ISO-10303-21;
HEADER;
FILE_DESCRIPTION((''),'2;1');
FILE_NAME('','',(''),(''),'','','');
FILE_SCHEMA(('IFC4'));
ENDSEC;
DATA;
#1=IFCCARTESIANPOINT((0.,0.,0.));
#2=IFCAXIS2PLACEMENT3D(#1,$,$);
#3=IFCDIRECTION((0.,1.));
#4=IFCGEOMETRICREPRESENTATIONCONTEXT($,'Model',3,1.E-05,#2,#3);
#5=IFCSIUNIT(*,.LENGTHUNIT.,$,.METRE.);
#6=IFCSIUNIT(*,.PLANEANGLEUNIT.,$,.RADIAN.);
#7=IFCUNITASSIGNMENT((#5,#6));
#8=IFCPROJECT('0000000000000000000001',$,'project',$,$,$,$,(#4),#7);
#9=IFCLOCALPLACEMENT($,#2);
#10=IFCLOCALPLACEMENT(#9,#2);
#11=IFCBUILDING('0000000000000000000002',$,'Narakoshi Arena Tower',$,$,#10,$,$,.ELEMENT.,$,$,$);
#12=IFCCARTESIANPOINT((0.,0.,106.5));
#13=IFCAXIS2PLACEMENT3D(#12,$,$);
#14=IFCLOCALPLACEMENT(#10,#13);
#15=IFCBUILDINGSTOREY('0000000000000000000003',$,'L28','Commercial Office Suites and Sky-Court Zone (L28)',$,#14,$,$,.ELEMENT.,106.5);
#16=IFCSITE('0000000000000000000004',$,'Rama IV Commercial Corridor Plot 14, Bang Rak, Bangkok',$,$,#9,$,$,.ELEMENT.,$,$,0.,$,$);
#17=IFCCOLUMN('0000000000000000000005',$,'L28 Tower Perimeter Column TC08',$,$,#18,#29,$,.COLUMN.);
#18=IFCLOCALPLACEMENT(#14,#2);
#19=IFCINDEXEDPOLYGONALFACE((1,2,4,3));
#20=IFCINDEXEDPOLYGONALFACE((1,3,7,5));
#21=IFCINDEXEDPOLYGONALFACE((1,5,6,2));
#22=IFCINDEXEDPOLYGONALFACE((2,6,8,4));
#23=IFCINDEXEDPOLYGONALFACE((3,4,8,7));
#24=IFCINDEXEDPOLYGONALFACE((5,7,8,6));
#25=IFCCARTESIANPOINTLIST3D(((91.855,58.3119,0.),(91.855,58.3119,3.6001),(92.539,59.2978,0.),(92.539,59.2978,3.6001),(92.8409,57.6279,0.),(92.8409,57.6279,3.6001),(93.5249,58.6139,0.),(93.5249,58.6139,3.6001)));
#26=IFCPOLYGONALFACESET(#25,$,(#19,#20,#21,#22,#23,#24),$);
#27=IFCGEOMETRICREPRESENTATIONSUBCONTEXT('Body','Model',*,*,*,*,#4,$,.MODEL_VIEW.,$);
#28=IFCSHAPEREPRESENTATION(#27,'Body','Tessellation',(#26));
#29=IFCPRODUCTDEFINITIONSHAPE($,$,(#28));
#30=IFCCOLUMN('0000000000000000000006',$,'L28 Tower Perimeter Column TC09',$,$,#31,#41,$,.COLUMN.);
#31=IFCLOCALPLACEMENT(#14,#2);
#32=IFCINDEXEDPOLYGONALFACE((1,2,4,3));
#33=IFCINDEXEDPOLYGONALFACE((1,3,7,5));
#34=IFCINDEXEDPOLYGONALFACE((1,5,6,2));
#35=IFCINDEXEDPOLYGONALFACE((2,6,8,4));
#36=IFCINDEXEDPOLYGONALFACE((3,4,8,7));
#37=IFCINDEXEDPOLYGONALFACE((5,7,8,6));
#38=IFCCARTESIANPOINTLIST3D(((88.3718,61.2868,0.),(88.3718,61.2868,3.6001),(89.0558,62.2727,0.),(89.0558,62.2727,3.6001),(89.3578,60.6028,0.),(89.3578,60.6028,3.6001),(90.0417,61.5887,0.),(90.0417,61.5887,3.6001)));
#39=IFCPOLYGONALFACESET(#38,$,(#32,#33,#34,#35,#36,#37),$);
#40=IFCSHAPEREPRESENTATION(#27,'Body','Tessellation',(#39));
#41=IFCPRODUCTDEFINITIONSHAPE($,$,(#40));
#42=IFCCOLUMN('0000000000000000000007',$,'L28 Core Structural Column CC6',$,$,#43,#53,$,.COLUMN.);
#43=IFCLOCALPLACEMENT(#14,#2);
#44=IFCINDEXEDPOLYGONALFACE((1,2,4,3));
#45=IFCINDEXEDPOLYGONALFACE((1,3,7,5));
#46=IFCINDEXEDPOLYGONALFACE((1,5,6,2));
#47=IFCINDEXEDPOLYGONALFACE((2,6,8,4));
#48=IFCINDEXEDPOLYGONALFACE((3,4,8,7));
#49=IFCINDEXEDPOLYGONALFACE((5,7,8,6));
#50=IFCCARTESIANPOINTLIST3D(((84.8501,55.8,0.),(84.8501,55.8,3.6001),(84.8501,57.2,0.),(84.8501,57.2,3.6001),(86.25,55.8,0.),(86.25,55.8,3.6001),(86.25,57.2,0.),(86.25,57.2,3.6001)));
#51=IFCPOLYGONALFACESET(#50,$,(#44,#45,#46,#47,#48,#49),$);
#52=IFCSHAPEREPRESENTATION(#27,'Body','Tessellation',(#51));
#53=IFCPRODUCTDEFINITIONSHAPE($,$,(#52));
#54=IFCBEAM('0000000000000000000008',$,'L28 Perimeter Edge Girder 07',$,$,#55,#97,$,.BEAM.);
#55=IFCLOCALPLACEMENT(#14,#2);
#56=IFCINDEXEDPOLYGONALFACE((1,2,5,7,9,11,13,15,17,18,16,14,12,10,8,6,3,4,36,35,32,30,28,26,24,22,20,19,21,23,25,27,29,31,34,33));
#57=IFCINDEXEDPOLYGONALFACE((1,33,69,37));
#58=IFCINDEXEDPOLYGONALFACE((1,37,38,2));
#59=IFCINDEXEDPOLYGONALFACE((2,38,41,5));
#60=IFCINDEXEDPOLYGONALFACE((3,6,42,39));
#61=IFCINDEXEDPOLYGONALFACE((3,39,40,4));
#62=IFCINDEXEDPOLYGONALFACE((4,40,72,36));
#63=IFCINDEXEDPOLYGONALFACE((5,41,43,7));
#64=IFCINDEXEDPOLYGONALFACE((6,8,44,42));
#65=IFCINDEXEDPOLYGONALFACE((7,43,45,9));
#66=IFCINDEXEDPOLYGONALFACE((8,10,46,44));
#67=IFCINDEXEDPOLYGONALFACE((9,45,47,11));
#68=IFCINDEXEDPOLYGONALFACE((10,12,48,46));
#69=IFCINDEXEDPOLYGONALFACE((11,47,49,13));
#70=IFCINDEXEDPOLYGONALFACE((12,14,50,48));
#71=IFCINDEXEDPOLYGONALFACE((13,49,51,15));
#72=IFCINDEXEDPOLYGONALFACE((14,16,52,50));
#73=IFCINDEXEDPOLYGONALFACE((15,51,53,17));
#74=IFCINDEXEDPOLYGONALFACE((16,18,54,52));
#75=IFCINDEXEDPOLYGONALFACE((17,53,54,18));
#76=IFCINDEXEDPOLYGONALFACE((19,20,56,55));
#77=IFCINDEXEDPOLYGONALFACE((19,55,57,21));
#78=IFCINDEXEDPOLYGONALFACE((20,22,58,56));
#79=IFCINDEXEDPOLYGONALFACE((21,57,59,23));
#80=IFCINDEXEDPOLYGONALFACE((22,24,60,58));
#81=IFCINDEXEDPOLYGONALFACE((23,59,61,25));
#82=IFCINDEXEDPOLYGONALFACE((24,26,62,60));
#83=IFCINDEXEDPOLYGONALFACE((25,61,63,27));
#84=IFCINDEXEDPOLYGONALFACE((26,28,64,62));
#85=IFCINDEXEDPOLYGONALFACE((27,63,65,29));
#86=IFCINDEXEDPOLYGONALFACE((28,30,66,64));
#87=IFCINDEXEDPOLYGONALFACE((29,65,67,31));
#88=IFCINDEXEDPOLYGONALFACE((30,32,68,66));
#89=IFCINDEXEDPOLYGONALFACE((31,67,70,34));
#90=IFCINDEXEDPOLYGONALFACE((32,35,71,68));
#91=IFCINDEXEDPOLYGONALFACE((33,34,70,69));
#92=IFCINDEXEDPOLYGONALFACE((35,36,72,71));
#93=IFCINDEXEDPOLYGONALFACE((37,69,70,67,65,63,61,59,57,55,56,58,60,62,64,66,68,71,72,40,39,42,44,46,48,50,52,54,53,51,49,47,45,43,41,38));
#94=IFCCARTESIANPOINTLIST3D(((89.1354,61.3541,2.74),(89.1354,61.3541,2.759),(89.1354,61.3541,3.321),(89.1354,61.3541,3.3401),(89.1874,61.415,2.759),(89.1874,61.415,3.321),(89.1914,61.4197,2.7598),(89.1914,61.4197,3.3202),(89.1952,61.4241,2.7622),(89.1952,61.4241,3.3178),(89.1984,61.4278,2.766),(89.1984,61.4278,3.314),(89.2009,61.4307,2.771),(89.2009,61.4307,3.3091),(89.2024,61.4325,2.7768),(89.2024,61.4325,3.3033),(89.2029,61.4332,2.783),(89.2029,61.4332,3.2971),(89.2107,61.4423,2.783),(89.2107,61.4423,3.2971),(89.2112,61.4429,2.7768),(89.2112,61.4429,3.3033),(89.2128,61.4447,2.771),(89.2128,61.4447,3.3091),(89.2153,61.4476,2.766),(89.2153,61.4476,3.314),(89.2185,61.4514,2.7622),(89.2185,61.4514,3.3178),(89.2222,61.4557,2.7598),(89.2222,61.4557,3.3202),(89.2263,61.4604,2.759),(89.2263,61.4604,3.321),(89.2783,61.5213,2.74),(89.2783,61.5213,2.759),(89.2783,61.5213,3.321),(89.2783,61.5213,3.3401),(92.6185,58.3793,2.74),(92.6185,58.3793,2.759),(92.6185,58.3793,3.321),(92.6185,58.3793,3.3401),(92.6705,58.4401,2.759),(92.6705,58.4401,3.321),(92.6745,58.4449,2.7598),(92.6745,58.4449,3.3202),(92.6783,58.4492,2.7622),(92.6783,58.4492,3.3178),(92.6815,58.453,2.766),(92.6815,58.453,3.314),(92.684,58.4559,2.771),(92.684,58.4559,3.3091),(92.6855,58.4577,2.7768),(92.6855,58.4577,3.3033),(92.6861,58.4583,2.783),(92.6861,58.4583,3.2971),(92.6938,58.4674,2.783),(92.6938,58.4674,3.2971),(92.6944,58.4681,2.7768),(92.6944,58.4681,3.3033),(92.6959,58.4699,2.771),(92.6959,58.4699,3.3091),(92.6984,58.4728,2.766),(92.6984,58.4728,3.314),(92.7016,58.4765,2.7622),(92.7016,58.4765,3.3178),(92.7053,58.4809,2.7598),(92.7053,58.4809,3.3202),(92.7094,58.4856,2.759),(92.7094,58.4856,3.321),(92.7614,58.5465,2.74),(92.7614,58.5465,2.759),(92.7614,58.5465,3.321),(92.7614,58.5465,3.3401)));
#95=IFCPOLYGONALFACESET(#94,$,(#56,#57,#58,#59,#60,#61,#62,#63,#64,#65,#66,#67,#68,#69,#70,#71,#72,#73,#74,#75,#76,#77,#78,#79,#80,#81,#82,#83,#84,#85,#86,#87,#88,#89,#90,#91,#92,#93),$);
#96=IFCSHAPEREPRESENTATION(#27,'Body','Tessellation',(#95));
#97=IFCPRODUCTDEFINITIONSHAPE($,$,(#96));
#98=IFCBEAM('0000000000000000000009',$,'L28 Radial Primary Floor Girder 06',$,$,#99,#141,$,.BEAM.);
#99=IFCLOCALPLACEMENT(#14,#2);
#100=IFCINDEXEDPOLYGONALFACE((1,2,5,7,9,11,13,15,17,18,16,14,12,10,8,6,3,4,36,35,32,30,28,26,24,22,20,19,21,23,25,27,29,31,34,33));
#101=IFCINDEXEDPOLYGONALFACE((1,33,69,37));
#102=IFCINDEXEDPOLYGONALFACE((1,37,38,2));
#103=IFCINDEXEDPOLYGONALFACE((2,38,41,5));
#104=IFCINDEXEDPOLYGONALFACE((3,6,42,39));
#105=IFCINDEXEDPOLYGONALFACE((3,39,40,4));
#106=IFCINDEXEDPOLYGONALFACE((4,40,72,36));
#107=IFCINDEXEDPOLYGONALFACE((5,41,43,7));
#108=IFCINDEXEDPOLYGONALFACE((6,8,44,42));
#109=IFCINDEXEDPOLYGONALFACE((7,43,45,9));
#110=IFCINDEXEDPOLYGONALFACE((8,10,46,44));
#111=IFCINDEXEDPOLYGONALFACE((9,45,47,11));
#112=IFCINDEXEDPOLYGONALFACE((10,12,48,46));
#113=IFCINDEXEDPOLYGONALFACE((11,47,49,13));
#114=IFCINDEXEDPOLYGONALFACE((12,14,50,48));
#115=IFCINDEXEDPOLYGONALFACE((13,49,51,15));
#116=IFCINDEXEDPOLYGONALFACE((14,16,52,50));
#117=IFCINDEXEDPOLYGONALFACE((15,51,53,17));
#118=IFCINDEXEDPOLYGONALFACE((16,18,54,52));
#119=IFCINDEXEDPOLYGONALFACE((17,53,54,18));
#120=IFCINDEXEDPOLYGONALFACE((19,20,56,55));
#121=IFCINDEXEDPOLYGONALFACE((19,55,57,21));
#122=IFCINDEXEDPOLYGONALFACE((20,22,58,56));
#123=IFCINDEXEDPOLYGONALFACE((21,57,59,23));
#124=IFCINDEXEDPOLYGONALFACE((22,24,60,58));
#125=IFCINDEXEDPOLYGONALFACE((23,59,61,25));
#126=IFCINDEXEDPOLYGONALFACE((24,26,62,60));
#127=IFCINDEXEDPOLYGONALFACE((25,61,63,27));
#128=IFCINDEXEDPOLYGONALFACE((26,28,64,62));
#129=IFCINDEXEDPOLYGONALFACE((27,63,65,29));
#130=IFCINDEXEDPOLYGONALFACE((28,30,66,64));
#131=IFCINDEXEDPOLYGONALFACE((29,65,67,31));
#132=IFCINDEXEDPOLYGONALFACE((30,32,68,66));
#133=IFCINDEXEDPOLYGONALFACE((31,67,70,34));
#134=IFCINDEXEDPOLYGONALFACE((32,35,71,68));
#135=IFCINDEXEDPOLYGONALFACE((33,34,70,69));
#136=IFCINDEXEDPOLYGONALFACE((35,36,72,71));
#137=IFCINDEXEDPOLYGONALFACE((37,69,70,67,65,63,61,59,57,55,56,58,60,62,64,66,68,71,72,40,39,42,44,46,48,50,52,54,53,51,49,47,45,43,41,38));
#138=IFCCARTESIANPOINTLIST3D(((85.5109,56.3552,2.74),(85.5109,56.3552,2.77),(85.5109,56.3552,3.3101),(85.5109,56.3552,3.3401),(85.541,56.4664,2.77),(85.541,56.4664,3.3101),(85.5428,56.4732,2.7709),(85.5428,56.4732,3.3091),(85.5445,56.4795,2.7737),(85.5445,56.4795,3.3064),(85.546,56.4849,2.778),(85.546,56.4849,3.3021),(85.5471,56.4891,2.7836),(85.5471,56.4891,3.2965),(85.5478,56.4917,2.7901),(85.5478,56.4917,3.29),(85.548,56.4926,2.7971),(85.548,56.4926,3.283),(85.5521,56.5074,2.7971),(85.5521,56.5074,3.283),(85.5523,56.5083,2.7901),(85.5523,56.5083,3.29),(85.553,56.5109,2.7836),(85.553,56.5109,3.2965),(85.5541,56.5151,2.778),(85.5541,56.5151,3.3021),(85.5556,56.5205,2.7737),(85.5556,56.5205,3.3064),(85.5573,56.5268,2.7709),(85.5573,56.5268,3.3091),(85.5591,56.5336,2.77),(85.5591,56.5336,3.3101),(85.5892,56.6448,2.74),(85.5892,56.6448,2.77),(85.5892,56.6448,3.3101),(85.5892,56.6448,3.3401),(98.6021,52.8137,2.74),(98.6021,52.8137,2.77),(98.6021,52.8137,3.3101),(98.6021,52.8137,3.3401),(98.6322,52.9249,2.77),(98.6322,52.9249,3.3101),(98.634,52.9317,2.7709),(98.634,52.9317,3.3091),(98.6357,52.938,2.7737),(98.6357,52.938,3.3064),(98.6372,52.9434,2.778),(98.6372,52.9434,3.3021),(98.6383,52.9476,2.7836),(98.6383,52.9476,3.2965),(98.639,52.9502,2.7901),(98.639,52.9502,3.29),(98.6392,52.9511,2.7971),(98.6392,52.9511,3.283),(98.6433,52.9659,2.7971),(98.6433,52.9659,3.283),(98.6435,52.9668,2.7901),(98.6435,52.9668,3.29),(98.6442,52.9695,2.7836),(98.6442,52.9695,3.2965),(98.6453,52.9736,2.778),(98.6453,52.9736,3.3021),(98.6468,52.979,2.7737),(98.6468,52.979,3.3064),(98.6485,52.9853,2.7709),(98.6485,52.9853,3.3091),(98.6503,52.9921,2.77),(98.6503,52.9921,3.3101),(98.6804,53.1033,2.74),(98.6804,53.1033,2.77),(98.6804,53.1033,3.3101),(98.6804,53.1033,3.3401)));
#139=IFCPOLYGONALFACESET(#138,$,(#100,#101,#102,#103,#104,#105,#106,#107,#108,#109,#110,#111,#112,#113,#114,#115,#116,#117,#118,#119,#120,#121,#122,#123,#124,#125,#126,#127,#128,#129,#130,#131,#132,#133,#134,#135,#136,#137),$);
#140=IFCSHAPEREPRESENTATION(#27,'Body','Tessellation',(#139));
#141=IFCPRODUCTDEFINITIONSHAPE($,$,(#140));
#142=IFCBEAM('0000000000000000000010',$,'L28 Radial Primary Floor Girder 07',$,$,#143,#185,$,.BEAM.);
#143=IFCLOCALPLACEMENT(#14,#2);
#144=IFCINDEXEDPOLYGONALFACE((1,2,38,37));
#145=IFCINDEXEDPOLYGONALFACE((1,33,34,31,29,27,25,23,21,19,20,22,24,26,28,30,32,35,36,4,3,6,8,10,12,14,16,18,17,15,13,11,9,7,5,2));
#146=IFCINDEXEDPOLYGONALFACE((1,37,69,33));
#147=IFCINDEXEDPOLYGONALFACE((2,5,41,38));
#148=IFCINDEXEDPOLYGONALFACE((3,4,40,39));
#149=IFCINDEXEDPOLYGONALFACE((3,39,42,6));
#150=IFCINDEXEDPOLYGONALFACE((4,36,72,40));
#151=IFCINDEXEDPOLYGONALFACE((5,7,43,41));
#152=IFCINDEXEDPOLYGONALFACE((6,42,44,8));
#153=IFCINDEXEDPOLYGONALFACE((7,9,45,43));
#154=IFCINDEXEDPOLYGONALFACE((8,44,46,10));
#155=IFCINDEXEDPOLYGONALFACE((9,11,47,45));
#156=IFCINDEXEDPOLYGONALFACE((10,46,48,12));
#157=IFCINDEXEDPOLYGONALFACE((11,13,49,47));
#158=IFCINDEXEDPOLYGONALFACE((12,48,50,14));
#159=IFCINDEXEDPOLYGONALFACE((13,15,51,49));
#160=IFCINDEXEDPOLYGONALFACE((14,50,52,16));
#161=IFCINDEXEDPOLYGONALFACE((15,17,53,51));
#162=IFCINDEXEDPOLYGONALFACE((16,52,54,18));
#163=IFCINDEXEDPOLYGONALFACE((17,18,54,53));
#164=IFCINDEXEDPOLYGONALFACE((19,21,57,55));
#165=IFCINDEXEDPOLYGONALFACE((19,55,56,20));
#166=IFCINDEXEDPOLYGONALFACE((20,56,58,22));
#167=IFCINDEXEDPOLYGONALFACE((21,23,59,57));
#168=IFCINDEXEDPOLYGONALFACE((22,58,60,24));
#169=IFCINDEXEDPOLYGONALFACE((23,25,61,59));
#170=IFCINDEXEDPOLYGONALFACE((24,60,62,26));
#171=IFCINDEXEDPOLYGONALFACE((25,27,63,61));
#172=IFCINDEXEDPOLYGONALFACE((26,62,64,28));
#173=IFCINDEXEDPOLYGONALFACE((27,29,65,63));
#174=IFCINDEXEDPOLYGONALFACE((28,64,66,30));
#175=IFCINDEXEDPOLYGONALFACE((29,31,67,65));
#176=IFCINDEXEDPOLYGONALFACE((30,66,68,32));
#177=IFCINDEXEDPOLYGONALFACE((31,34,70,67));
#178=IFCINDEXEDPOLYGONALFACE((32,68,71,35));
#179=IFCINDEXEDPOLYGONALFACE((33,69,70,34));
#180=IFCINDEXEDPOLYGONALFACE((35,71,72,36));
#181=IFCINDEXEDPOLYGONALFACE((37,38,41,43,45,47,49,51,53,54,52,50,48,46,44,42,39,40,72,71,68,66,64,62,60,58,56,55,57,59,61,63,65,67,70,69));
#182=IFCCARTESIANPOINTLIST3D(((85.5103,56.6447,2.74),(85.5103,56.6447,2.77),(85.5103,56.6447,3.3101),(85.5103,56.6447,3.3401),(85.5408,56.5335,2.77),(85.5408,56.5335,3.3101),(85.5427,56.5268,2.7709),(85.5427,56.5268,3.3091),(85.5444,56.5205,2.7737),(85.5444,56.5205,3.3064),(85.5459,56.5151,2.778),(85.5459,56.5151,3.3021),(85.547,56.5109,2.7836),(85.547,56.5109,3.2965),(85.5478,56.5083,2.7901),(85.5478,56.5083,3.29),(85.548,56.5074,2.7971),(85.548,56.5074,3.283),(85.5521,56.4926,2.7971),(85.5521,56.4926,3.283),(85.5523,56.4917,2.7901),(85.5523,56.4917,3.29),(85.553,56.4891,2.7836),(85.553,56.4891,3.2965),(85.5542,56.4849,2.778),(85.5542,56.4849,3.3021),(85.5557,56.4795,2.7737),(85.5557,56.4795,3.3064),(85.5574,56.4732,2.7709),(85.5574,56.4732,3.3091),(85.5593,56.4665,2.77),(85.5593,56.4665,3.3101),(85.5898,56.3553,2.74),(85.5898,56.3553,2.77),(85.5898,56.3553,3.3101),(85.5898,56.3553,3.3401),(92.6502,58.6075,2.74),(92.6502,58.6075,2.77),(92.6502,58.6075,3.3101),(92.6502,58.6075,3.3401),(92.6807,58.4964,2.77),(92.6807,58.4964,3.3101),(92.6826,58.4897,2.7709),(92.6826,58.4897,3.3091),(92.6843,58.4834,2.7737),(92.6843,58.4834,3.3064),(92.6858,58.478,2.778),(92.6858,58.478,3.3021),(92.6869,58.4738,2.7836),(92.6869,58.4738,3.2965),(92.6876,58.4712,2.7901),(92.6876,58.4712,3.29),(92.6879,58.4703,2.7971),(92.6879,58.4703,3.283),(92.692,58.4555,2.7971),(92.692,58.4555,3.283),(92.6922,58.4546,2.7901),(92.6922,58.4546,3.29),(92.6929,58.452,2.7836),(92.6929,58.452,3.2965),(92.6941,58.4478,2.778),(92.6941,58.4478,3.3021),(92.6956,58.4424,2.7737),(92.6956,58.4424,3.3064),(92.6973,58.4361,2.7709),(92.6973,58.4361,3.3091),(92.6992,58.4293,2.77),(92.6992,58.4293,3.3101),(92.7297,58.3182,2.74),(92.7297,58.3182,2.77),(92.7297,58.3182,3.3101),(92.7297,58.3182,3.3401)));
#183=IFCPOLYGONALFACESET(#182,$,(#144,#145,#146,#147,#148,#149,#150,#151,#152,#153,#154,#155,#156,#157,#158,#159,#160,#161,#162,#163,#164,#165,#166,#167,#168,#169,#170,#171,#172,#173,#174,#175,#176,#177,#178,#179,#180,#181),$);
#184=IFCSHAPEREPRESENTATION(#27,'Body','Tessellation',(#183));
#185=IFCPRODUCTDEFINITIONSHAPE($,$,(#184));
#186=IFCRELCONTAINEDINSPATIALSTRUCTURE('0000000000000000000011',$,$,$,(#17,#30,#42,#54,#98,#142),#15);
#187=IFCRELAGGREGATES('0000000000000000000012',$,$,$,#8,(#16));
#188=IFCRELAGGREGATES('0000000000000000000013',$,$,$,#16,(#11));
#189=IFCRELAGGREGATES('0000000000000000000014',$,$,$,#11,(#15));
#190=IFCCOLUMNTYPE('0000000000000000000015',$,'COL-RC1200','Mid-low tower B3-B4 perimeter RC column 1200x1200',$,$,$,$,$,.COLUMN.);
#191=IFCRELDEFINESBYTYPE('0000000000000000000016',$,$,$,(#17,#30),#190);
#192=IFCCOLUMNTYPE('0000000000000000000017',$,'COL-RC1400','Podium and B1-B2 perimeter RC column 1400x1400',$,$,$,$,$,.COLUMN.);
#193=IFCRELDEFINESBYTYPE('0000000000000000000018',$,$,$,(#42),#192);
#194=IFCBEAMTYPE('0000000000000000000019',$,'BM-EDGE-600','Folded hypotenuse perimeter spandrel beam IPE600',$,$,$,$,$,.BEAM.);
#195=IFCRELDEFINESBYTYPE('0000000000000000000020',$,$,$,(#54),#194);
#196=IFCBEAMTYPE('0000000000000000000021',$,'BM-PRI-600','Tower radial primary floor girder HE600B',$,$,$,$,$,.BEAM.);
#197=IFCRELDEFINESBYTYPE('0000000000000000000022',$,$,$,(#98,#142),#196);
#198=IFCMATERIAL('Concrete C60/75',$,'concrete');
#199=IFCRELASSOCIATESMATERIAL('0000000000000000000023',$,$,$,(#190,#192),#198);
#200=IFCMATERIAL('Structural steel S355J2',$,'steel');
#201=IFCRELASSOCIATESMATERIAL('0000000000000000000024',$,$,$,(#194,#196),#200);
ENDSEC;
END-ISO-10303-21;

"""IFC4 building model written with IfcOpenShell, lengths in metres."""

from ifc_helpers import new_model, si_unit, direction, frame, origin, origin_2d, place, context, subcontext, project, spatial, rectangle, i_section, extrude, material, material_profile, profile_set, type_object, element, save


model = new_model("IFC4")

# Units and contexts
model_context = context("Model", 3, precision=1e-05, world=origin(), true_north=direction((0.0, 1.0)))
body_context = subcontext(model_context, "Body", "Model", "MODEL_VIEW")
ifc_project = project(units=[si_unit("LENGTHUNIT", "METRE"), si_unit("PLANEANGLEUNIT", "RADIAN")], contexts=[model_context])

# Site, building, storey
site_placement = place(None, origin())
site = spatial("IfcSite", under=ifc_project, at=site_placement, Name="Rama IV Commercial Corridor Plot 14, Bang Rak, Bangkok", CompositionType="ELEMENT", RefElevation=0.0)
building_placement = place(site_placement, origin())
building = spatial("IfcBuilding", under=site, at=building_placement, Name="Narakoshi Arena Tower", CompositionType="ELEMENT")
storey_placement = place(building_placement, frame((0.0, 0.0, 106.5)))
storey = spatial("IfcBuildingStorey", under=building, at=storey_placement, Name="L28", Description="Commercial Office Suites and Sky-Court Zone (L28)", CompositionType="ELEMENT", Elevation=106.5)

# Columns
ifc_material_1 = material(Name="Concrete C60/75", Category="concrete")
ifc_material_profile_1 = material_profile(ifc_material_1, rectangle(XDim=1.2, YDim=1.2, at=origin_2d()), Name="RC1200x1200")
ifc_profile_set_1 = profile_set([ifc_material_profile_1], Name="Concrete C60/75")
column_type_1 = type_object("IfcColumnType", Name="COL-RC1200", Description="Mid-low tower B3-B4 perimeter RC column 1200x1200", PredefinedType="COLUMN", material=ifc_profile_set_1)
for number, where, z_axis, x_axis, name in (
    (1, (92.6899, 58.4629, 0.0), (0.0, 0.0, 1.0), (0.569997, 0.821647, 0.0), "L28 Tower Perimeter Column TC08"),
    (2, (89.2068, 61.4377, 0.0), (0.0, 0.0, 1.0), (0.569997, 0.821647, 0.0), "L28 Tower Perimeter Column TC09"),
):
    element("IfcColumn", number, at=place(storey_placement, frame(where, z_axis=z_axis, x_axis=x_axis)), inside=storey, type_object=column_type_1, Name=name, PredefinedType="COLUMN", context=body_context, shape_type="SweptSolid", body=[
        extrude(rectangle(XDim=1.2, YDim=1.2, at=origin_2d()), origin(), (0.0, 0.0, 1.0), 3.6001),
    ])
ifc_material_profile_2 = material_profile(ifc_material_1, rectangle(XDim=1.3999, YDim=1.3999, at=origin_2d()), Name="RC1400x1400")
ifc_profile_set_2 = profile_set([ifc_material_profile_2], Name="Concrete C60/75")
column_type_2 = type_object("IfcColumnType", Name="COL-RC1400", Description="Podium and B1-B2 perimeter RC column 1400x1400", PredefinedType="COLUMN", material=ifc_profile_set_2)
column_placement = place(storey_placement, frame((85.55, 56.5, 0.0), z_axis=(0.0, 0.0, 1.0), x_axis=(1.0, 0.0, 0.0)))
element("IfcColumn", 3, at=column_placement, inside=storey, type_object=column_type_2, Name="L28 Core Structural Column CC6", PredefinedType="COLUMN", context=body_context, shape_type="SweptSolid", body=[
    extrude(rectangle(XDim=1.3999, YDim=1.3999, at=origin_2d()), origin(), (0.0, 0.0, 1.0), 3.6001),
])

# Beams
ifc_material_2 = material(Name="Structural steel S355J2", Category="steel")
ifc_material_profile_3 = material_profile(ifc_material_2, i_section(OverallWidth=0.22, OverallDepth=0.6001, WebThickness=0.012, FlangeThickness=0.019, FilletRadius=0.0239, at=origin_2d()), Name="IPE600")
ifc_profile_set_3 = profile_set([ifc_material_profile_3], Name="Structural steel S355J2")
beam_type_1 = type_object("IfcBeamType", Name="BM-EDGE-600", Description="Folded hypotenuse perimeter spandrel beam IPE600", PredefinedType="BEAM", material=ifc_profile_set_3)
beam_1_placement = place(storey_placement, frame((92.6899, 58.4629, 3.04), z_axis=(-0.76041, 0.649443, 0.0), x_axis=(-0.649443, -0.76041, 0.0)))
element("IfcBeam", 4, at=beam_1_placement, inside=storey, type_object=beam_type_1, Name="L28 Perimeter Edge Girder 07", PredefinedType="BEAM", context=body_context, shape_type="SweptSolid", body=[
    extrude(i_section(OverallWidth=0.22, OverallDepth=0.6001, WebThickness=0.012, FlangeThickness=0.019, FilletRadius=0.0239, at=origin_2d()), origin(), (0.0, 0.0, 1.0), 4.5806),
])
ifc_material_profile_4 = material_profile(ifc_material_2, i_section(OverallWidth=0.3, OverallDepth=0.6001, WebThickness=0.0154, FlangeThickness=0.03, FilletRadius=0.0271, at=origin_2d()), Name="HE600B")
ifc_profile_set_4 = profile_set([ifc_material_profile_4], Name="Structural steel S355J2")
beam_type_2 = type_object("IfcBeamType", Name="BM-PRI-600", Description="Tower radial primary floor girder HE600B", PredefinedType="BEAM", material=ifc_profile_set_4)
beam_2_placement = place(storey_placement, frame((85.55, 56.5, 3.04), z_axis=(0.965302, -0.261137, 0.0), x_axis=(0.261137, 0.965302, 0.0)))
element("IfcBeam", 5, at=beam_2_placement, inside=storey, type_object=beam_type_2, Name="L28 Radial Primary Floor Girder 06", PredefinedType="BEAM", context=body_context, shape_type="SweptSolid", body=[
    extrude(i_section(OverallWidth=0.3, OverallDepth=0.6001, WebThickness=0.0154, FlangeThickness=0.03, FilletRadius=0.0271, at=origin_2d()), origin(), (0.0, 0.0, 1.0), 13.5618),
])
beam_3_placement = place(storey_placement, frame((85.55, 56.5, 3.04), z_axis=(0.964225, 0.265084, 0.0), x_axis=(-0.265084, 0.964225, 0.0)))
element("IfcBeam", 6, at=beam_3_placement, inside=storey, type_object=beam_type_2, Name="L28 Radial Primary Floor Girder 07", PredefinedType="BEAM", context=body_context, shape_type="SweptSolid", body=[
    extrude(i_section(OverallWidth=0.3, OverallDepth=0.6001, WebThickness=0.0154, FlangeThickness=0.03, FilletRadius=0.0271, at=origin_2d()), origin(), (0.0, 0.0, 1.0), 7.4048),
])

save(model, "model.ifc")
